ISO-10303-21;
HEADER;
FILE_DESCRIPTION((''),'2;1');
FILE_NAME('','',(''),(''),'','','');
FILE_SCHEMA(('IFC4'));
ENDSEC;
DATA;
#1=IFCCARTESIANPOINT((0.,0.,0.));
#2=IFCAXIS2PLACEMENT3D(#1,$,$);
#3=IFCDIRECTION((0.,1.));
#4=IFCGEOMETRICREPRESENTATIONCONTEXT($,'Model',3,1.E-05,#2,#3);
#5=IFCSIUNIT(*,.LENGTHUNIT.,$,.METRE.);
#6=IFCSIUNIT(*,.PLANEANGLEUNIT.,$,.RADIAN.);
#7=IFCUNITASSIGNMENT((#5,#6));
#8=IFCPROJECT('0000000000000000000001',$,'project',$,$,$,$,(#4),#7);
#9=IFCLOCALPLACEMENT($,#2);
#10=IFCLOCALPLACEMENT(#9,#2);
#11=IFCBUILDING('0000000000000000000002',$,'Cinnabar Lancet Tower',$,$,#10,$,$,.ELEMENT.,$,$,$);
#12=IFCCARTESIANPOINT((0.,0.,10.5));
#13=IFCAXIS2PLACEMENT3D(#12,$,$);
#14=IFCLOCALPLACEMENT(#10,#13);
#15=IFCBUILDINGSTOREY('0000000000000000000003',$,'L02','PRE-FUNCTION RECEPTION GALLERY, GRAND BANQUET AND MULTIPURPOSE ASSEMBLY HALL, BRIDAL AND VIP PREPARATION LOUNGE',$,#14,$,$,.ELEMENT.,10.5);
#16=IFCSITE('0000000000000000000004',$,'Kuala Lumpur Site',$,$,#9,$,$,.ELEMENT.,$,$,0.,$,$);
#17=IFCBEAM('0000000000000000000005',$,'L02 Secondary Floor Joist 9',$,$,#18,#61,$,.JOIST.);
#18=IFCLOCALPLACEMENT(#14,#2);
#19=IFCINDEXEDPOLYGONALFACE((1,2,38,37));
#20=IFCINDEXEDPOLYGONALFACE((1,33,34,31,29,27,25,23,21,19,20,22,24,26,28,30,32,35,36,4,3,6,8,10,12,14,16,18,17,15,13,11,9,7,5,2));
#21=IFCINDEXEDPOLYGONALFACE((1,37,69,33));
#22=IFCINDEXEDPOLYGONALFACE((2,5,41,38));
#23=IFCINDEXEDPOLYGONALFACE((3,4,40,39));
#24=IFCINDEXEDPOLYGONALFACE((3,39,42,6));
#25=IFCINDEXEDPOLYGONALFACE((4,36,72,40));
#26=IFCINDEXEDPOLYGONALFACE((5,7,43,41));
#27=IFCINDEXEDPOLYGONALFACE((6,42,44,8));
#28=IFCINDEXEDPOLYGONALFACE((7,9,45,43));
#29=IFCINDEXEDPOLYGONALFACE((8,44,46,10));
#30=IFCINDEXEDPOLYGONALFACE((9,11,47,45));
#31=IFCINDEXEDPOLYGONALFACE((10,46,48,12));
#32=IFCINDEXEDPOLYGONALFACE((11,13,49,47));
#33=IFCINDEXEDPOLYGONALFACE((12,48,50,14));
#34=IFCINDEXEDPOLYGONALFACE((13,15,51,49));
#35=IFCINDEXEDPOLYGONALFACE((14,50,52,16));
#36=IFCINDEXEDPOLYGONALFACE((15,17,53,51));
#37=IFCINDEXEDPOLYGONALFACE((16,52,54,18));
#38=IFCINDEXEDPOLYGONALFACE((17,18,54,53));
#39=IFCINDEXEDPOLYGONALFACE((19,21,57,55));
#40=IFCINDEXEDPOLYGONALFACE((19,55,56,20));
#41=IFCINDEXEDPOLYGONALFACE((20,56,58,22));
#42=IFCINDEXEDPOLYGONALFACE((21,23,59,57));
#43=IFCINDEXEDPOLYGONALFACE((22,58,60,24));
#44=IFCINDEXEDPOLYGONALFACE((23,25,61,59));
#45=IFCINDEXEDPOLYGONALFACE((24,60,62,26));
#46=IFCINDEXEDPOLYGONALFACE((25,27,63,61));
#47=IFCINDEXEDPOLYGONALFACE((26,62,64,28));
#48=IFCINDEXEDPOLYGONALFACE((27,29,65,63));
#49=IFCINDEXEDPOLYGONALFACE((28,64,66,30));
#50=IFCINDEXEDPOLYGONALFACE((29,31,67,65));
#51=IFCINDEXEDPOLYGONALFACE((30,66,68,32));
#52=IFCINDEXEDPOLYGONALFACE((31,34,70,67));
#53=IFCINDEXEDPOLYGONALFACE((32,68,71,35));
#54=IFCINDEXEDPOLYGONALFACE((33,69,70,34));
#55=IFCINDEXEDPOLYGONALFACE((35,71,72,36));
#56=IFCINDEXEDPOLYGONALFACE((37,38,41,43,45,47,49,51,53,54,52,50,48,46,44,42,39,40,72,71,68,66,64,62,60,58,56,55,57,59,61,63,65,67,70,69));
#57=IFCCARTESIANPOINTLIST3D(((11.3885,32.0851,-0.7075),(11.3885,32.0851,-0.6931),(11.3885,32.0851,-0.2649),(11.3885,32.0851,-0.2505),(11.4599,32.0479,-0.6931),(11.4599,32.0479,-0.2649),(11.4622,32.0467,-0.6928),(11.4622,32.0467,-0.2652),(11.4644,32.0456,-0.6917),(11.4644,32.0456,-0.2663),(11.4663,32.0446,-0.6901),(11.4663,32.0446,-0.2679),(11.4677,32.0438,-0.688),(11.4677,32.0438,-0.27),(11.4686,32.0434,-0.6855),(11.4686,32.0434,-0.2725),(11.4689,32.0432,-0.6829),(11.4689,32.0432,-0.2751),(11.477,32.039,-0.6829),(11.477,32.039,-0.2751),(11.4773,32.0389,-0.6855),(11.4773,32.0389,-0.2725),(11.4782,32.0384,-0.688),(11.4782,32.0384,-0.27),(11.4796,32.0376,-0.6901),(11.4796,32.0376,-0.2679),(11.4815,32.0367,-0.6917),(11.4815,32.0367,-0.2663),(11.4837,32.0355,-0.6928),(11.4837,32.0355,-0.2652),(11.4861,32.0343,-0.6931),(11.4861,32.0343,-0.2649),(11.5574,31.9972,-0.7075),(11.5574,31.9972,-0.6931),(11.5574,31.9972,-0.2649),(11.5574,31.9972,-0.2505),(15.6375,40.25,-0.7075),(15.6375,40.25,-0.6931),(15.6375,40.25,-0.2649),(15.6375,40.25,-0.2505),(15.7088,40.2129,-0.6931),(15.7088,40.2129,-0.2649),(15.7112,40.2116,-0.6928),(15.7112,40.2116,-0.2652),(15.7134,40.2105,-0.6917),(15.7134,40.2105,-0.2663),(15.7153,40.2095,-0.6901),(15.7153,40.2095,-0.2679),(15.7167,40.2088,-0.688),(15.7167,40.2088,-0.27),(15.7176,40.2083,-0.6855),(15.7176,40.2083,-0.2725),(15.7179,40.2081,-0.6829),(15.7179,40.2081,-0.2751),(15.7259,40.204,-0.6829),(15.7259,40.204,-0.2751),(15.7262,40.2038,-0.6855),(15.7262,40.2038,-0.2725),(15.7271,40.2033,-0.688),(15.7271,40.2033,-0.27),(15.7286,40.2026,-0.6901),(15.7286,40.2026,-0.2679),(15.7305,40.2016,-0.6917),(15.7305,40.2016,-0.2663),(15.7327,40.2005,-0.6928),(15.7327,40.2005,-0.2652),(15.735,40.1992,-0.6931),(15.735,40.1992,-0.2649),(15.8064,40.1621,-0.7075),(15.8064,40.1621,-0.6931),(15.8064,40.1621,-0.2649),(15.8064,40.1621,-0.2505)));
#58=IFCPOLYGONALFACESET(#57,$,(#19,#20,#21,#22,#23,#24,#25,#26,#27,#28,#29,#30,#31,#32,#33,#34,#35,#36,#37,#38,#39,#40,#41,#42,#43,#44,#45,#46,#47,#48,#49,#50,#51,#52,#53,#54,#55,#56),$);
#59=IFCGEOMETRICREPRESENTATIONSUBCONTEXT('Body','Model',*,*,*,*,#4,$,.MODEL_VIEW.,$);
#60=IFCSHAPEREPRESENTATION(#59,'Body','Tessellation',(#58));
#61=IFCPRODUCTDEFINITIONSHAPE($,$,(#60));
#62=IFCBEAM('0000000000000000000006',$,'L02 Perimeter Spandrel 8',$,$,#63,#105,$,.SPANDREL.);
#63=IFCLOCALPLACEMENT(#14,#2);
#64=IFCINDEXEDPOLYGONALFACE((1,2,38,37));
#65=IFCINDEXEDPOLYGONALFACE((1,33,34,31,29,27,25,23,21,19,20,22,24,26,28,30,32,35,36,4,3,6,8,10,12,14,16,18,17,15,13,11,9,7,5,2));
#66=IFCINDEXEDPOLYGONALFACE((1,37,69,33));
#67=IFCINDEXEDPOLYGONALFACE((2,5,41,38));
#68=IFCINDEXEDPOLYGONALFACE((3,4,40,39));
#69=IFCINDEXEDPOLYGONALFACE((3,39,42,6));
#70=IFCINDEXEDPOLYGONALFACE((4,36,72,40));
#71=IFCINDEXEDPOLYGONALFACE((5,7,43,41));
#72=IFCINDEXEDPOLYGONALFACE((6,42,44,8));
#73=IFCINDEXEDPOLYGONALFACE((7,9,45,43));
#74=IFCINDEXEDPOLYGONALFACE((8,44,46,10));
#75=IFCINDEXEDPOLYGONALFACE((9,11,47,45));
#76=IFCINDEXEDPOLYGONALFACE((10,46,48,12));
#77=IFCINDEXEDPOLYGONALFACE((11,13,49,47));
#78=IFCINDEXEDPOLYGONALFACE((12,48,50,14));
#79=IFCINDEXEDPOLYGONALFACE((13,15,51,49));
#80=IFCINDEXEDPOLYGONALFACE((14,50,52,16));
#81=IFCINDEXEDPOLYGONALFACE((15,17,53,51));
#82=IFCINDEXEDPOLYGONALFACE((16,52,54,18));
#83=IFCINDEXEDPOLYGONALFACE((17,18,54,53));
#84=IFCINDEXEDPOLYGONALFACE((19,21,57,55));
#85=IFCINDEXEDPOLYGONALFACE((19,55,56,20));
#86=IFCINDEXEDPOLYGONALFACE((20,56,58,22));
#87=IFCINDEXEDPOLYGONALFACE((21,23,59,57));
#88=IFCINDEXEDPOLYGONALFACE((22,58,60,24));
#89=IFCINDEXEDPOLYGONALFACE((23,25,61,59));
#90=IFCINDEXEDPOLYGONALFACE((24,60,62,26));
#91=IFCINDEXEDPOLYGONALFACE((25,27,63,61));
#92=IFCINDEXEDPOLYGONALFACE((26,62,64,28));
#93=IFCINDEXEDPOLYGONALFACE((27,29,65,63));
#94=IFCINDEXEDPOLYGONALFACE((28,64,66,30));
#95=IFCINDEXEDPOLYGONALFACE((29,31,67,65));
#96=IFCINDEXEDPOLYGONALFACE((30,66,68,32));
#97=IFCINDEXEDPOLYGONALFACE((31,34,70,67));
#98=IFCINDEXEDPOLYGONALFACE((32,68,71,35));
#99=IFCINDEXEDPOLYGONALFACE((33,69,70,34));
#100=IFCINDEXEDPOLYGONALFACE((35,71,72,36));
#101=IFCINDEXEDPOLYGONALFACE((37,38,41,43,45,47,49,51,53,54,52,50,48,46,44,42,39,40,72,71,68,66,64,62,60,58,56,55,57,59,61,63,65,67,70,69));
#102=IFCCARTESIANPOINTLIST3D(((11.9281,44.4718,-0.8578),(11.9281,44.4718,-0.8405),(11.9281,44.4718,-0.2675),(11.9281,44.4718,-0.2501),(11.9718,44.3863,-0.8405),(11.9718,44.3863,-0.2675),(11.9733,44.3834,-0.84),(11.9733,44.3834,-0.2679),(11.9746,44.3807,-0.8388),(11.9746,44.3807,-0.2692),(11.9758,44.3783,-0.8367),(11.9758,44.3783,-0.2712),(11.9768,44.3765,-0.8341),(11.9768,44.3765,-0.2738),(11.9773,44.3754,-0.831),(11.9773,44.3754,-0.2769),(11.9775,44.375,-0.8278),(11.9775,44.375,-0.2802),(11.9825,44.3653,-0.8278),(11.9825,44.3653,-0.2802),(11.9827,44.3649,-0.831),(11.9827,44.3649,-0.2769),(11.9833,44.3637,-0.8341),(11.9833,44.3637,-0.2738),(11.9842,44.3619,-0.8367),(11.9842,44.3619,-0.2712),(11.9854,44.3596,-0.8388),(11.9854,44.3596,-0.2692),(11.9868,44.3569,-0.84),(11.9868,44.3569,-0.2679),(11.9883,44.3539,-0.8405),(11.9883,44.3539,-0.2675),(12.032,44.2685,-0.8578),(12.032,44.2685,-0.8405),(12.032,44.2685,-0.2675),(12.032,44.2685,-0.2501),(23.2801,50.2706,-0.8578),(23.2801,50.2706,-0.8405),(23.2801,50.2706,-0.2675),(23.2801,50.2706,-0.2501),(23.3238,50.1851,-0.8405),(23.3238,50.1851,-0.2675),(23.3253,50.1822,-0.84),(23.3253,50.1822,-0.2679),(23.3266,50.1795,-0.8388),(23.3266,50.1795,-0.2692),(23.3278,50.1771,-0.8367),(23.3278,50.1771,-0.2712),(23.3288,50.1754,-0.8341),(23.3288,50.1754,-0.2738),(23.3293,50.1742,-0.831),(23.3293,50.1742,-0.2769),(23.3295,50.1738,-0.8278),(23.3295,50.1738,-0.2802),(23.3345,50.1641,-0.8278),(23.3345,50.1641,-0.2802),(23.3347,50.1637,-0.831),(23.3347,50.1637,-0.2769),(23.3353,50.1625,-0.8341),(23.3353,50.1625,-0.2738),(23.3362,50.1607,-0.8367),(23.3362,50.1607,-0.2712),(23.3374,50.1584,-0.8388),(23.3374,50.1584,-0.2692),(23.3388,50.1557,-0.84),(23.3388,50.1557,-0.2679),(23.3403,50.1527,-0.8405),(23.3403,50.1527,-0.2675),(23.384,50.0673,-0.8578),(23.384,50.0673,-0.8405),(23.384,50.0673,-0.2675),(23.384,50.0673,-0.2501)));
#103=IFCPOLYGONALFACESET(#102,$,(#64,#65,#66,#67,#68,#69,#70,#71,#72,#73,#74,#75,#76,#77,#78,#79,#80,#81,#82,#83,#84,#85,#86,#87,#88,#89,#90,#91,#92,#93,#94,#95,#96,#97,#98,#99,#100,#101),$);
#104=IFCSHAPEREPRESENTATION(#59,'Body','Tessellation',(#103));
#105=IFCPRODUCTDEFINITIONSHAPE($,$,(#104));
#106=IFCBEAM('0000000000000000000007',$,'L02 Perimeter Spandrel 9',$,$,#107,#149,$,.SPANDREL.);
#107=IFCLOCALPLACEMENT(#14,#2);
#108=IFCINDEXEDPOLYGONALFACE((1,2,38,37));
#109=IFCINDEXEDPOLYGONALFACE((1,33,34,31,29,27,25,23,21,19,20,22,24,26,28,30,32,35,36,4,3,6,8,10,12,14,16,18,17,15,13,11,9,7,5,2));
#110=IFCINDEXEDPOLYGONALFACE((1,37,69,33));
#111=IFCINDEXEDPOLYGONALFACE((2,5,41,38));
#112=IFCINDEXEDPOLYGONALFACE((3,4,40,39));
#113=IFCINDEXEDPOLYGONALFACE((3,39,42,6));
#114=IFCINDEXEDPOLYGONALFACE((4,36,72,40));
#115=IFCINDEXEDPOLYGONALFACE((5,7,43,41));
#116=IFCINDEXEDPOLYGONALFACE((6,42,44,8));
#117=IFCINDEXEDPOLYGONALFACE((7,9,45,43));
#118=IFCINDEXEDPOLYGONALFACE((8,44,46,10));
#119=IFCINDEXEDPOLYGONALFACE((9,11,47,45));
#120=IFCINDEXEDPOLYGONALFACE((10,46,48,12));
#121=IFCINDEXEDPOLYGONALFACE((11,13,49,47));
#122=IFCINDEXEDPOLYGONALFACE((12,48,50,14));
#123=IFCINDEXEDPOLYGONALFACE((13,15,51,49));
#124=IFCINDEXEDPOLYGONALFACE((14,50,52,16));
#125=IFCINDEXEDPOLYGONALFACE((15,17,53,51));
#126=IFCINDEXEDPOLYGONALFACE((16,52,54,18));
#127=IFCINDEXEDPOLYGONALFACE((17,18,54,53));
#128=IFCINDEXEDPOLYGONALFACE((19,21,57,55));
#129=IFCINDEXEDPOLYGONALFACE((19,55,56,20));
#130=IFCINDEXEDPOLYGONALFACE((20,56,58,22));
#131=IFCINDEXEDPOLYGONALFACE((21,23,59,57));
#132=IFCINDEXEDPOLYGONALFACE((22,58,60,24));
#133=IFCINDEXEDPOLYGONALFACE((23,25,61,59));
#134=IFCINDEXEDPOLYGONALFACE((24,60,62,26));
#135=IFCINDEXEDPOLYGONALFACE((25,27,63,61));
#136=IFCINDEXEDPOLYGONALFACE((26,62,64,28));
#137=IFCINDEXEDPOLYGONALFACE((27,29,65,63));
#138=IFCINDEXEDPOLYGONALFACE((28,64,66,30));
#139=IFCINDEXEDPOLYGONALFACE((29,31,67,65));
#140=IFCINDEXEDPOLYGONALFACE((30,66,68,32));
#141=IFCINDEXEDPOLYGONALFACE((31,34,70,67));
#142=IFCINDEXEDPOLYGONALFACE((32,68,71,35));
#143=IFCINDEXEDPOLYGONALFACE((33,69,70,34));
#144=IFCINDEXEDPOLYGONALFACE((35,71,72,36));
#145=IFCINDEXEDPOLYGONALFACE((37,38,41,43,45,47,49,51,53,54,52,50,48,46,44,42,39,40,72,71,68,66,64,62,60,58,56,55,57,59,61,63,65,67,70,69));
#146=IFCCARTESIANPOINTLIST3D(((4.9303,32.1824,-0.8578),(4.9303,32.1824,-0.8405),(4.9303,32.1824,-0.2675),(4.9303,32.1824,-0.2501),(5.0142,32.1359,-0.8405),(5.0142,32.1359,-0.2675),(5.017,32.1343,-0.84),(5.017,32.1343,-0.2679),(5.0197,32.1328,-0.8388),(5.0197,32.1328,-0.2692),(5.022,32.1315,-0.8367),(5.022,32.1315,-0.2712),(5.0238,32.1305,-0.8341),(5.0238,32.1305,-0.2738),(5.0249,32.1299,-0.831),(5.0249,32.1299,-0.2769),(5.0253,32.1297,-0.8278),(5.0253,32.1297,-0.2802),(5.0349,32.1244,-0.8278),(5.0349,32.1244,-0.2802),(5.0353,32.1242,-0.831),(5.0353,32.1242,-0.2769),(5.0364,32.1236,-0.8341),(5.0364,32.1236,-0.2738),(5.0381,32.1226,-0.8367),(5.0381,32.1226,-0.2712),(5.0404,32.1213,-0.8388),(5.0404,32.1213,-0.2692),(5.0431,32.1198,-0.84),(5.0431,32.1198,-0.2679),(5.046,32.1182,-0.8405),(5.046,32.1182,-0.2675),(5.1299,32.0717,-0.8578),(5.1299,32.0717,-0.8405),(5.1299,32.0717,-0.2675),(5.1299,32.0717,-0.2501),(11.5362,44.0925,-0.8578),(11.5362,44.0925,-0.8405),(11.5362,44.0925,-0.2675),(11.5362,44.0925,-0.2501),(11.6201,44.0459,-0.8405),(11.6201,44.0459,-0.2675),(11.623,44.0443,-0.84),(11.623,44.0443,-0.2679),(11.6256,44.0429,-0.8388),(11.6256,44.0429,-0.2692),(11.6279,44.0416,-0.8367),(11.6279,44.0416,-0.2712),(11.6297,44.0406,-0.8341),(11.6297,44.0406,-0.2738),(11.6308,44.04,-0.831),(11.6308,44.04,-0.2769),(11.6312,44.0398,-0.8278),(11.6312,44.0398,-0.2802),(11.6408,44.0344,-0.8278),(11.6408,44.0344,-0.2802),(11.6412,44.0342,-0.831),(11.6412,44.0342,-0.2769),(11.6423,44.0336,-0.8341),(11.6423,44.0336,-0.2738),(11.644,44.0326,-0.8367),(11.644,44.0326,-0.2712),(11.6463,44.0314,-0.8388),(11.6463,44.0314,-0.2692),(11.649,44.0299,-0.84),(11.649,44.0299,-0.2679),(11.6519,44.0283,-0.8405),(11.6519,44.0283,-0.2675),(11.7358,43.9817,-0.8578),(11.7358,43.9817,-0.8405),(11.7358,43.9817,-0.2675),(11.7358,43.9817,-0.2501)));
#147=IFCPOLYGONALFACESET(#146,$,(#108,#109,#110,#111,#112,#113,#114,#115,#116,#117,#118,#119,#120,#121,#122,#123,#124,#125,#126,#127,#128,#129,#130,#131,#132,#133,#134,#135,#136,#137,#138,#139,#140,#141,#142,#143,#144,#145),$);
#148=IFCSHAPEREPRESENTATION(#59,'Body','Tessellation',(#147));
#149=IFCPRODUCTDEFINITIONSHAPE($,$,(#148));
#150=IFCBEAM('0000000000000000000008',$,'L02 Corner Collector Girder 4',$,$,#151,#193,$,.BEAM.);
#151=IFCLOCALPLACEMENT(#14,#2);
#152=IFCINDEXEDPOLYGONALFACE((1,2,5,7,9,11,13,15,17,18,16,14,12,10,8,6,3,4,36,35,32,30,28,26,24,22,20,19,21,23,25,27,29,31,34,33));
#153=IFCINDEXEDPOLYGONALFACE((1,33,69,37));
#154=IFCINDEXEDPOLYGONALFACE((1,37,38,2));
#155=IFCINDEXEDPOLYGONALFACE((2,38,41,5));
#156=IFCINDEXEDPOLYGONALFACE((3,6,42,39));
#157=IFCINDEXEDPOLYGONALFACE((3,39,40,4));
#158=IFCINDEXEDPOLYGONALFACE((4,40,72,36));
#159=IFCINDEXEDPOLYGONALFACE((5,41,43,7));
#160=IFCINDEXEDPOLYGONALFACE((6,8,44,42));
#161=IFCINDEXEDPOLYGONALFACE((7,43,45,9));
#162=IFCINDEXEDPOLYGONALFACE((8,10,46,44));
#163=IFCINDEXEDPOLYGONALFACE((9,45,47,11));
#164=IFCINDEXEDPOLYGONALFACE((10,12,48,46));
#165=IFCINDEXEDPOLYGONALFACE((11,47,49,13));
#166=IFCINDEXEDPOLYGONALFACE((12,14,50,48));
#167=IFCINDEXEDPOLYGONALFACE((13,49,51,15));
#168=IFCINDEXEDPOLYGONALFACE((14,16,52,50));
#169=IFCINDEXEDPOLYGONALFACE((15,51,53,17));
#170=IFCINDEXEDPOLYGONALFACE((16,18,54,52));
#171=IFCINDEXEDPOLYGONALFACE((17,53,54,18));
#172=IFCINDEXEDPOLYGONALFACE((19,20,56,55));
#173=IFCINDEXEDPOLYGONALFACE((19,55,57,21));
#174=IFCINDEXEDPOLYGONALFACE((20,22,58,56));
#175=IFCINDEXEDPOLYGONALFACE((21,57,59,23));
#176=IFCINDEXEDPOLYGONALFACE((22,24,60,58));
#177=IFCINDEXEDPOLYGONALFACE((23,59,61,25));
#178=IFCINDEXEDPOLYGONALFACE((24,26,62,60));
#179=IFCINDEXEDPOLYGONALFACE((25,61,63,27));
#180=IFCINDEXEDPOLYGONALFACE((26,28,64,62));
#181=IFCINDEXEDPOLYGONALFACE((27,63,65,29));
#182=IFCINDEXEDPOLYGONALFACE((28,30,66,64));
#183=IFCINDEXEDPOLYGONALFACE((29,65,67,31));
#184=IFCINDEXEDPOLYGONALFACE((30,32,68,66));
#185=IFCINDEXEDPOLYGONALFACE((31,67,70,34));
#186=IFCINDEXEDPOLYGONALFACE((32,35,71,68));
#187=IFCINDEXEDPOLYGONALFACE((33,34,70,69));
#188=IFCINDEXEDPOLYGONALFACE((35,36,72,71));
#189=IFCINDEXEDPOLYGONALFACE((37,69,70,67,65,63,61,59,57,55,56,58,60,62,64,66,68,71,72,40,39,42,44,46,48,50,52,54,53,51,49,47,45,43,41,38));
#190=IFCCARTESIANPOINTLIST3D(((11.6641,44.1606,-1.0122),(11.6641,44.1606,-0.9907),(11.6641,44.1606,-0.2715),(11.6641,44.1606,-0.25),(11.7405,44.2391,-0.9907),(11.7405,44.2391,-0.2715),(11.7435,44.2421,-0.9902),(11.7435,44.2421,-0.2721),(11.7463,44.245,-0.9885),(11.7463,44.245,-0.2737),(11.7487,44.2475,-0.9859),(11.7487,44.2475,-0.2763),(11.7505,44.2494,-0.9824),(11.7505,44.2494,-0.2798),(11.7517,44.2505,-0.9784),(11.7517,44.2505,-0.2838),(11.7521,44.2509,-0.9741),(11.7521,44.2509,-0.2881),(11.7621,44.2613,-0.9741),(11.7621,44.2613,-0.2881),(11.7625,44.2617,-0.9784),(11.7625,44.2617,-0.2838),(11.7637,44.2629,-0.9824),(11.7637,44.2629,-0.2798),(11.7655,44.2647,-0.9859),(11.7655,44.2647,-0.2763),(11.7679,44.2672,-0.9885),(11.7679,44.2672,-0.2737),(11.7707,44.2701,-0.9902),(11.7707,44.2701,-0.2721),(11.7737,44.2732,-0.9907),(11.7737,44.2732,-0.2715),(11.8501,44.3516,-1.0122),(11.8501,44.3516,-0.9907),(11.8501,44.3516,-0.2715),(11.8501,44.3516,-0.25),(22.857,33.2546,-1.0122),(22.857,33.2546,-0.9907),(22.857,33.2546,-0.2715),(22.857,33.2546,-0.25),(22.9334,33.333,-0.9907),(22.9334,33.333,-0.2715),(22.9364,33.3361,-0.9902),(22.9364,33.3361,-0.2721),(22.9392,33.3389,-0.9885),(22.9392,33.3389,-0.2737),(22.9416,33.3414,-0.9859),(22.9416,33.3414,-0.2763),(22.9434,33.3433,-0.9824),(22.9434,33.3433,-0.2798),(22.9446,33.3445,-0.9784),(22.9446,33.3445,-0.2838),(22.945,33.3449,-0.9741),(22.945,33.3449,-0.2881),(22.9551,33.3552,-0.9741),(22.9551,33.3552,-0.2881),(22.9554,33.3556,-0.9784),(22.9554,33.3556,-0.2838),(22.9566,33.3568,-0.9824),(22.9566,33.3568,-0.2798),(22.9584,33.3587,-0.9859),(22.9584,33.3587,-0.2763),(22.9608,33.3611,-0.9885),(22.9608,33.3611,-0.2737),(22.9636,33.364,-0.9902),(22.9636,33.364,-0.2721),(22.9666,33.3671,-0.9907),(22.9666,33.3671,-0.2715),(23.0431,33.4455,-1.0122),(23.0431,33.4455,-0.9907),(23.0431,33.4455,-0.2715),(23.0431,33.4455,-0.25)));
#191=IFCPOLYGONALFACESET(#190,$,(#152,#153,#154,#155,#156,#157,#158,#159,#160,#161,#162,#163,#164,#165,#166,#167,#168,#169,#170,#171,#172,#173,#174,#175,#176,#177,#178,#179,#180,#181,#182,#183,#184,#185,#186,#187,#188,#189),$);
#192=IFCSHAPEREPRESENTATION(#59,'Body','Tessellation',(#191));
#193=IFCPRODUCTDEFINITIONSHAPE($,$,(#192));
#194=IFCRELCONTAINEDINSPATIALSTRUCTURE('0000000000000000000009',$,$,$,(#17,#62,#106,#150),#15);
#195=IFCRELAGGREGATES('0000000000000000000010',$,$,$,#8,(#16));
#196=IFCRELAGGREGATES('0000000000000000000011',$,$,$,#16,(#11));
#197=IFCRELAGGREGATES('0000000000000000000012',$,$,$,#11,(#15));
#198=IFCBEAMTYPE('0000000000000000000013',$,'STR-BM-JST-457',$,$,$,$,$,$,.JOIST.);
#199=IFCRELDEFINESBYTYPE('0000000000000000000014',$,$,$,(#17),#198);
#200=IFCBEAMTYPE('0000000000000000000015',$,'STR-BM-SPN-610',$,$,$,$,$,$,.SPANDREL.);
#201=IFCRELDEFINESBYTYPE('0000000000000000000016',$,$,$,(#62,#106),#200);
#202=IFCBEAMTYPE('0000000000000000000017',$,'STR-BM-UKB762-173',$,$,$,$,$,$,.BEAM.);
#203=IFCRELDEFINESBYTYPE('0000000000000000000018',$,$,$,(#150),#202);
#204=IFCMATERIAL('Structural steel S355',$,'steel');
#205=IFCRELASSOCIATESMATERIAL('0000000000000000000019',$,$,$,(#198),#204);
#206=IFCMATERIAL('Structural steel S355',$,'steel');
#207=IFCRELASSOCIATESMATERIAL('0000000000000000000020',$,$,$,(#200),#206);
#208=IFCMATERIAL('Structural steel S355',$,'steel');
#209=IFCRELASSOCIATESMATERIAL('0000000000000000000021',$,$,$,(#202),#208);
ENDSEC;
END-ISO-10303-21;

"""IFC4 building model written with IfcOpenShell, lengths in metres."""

from ifc_helpers import new_model, si_unit, direction, frame, origin, origin_2d, place, context, subcontext, project, spatial, i_section, extrude, material, material_profile, profile_set, type_object, element, save


model = new_model("IFC4")

# Units and contexts
model_context = context("Model", 3, precision=1e-05, world=origin(), true_north=direction((0.0, 1.0)))
body_context = subcontext(model_context, "Body", "Model", "MODEL_VIEW")
ifc_project = project(units=[si_unit("LENGTHUNIT", "METRE"), si_unit("PLANEANGLEUNIT", "RADIAN")], contexts=[model_context])

# Site, building, storey
site_placement = place(None, origin())
site = spatial("IfcSite", under=ifc_project, at=site_placement, Name="Kuala Lumpur Site", CompositionType="ELEMENT", RefElevation=0.0)
building_placement = place(site_placement, origin())
building = spatial("IfcBuilding", under=site, at=building_placement, Name="Cinnabar Lancet Tower", CompositionType="ELEMENT")
storey_placement = place(building_placement, frame((0.0, 0.0, 10.5)))
storey = spatial("IfcBuildingStorey", under=building, at=storey_placement, Name="L02", Description="PRE-FUNCTION RECEPTION GALLERY, GRAND BANQUET AND MULTIPURPOSE ASSEMBLY HALL, BRIDAL AND VIP PREPARATION LOUNGE", CompositionType="ELEMENT", Elevation=10.5)

# Beams
ifc_material_1 = material(Name="Structural steel S355", Category="steel")
ifc_material_profile_1 = material_profile(ifc_material_1, i_section(OverallWidth=0.1904, OverallDepth=0.457, WebThickness=0.009, FlangeThickness=0.0144, FilletRadius=0.0103, at=origin_2d()), Name="UKB 457x191x74")
ifc_profile_set_1 = profile_set([ifc_material_profile_1], Name="Structural steel S355")
beam_type_1 = type_object("IfcBeamType", Name="STR-BM-JST-457", PredefinedType="JOIST", material=ifc_profile_set_1)
beam_1_placement = place(storey_placement, frame((15.7219, 40.2061, -0.479), z_axis=(-0.461627, -0.887074, 0.0), x_axis=(0.887074, -0.461627, 0.0)))
element("IfcBeam", 1, at=beam_1_placement, inside=storey, type_object=beam_type_1, Name="L02 Secondary Floor Joist 9", PredefinedType="JOIST", context=body_context, shape_type="SweptSolid", body=[
    extrude(i_section(OverallWidth=0.1904, OverallDepth=0.457, WebThickness=0.009, FlangeThickness=0.0144, FilletRadius=0.0103, at=origin_2d()), origin(), (0.0, 0.0, 1.0), 9.2043),
])
ifc_material_2 = material(Name="Structural steel S355", Category="steel")
ifc_material_profile_2 = material_profile(ifc_material_2, i_section(OverallWidth=0.2283, OverallDepth=0.6077, WebThickness=0.011, FlangeThickness=0.0173, FilletRadius=0.0127, at=origin_2d()), Name="UKB 610x229x113")
ifc_profile_set_2 = profile_set([ifc_material_profile_2], Name="Structural steel S355")
beam_type_2 = type_object("IfcBeamType", Name="STR-BM-SPN-610", PredefinedType="SPANDREL", material=ifc_profile_set_2)
beam_2_placement = place(storey_placement, frame((23.332, 50.1689, -0.554), z_axis=(-0.890541, -0.454904, 0.0), x_axis=(0.454904, -0.890541, 0.0)))
element("IfcBeam", 2, at=beam_2_placement, inside=storey, type_object=beam_type_2, Name="L02 Perimeter Spandrel 8", PredefinedType="SPANDREL", context=body_context, shape_type="SweptSolid", body=[
    extrude(i_section(OverallWidth=0.2283, OverallDepth=0.6077, WebThickness=0.011, FlangeThickness=0.0173, FilletRadius=0.0127, at=origin_2d()), origin(), (0.0, 0.0, 1.0), 12.7473),
])
beam_3_placement = place(storey_placement, frame((11.636, 44.0371, -0.554), z_axis=(-0.485037, -0.874494, 0.0), x_axis=(0.874494, -0.485037, 0.0)))
element("IfcBeam", 3, at=beam_3_placement, inside=storey, type_object=beam_type_2, Name="L02 Perimeter Spandrel 9", PredefinedType="SPANDREL", context=body_context, shape_type="SweptSolid", body=[
    extrude(i_section(OverallWidth=0.2283, OverallDepth=0.6077, WebThickness=0.011, FlangeThickness=0.0173, FilletRadius=0.0127, at=origin_2d()), origin(), (0.0, 0.0, 1.0), 13.6194),
])
ifc_material_3 = material(Name="Structural steel S355", Category="steel")
ifc_material_profile_3 = material_profile(ifc_material_3, i_section(OverallWidth=0.2666, OverallDepth=0.7622, WebThickness=0.0144, FlangeThickness=0.0215, FilletRadius=0.0166, at=origin_2d()), Name="UKB 762x267x173")
ifc_profile_set_3 = profile_set([ifc_material_profile_3], Name="Structural steel S355")
beam_type_3 = type_object("IfcBeamType", Name="STR-BM-UKB762-173", PredefinedType="BEAM", material=ifc_profile_set_3)
beam_4_placement = place(storey_placement, frame((11.7571, 44.2561, -0.6311), z_axis=(0.716225, -0.697869, 0.0), x_axis=(0.697869, 0.716225, 0.0)))
element("IfcBeam", 4, at=beam_4_placement, inside=storey, type_object=beam_type_3, Name="L02 Corner Collector Girder 4", PredefinedType="BEAM", context=body_context, shape_type="SweptSolid", body=[
    extrude(i_section(OverallWidth=0.2666, OverallDepth=0.7622, WebThickness=0.0144, FlangeThickness=0.0215, FilletRadius=0.0166, at=origin_2d()), origin(), (0.0, 0.0, 1.0), 15.6277),
])

save(model, "model.ifc")
